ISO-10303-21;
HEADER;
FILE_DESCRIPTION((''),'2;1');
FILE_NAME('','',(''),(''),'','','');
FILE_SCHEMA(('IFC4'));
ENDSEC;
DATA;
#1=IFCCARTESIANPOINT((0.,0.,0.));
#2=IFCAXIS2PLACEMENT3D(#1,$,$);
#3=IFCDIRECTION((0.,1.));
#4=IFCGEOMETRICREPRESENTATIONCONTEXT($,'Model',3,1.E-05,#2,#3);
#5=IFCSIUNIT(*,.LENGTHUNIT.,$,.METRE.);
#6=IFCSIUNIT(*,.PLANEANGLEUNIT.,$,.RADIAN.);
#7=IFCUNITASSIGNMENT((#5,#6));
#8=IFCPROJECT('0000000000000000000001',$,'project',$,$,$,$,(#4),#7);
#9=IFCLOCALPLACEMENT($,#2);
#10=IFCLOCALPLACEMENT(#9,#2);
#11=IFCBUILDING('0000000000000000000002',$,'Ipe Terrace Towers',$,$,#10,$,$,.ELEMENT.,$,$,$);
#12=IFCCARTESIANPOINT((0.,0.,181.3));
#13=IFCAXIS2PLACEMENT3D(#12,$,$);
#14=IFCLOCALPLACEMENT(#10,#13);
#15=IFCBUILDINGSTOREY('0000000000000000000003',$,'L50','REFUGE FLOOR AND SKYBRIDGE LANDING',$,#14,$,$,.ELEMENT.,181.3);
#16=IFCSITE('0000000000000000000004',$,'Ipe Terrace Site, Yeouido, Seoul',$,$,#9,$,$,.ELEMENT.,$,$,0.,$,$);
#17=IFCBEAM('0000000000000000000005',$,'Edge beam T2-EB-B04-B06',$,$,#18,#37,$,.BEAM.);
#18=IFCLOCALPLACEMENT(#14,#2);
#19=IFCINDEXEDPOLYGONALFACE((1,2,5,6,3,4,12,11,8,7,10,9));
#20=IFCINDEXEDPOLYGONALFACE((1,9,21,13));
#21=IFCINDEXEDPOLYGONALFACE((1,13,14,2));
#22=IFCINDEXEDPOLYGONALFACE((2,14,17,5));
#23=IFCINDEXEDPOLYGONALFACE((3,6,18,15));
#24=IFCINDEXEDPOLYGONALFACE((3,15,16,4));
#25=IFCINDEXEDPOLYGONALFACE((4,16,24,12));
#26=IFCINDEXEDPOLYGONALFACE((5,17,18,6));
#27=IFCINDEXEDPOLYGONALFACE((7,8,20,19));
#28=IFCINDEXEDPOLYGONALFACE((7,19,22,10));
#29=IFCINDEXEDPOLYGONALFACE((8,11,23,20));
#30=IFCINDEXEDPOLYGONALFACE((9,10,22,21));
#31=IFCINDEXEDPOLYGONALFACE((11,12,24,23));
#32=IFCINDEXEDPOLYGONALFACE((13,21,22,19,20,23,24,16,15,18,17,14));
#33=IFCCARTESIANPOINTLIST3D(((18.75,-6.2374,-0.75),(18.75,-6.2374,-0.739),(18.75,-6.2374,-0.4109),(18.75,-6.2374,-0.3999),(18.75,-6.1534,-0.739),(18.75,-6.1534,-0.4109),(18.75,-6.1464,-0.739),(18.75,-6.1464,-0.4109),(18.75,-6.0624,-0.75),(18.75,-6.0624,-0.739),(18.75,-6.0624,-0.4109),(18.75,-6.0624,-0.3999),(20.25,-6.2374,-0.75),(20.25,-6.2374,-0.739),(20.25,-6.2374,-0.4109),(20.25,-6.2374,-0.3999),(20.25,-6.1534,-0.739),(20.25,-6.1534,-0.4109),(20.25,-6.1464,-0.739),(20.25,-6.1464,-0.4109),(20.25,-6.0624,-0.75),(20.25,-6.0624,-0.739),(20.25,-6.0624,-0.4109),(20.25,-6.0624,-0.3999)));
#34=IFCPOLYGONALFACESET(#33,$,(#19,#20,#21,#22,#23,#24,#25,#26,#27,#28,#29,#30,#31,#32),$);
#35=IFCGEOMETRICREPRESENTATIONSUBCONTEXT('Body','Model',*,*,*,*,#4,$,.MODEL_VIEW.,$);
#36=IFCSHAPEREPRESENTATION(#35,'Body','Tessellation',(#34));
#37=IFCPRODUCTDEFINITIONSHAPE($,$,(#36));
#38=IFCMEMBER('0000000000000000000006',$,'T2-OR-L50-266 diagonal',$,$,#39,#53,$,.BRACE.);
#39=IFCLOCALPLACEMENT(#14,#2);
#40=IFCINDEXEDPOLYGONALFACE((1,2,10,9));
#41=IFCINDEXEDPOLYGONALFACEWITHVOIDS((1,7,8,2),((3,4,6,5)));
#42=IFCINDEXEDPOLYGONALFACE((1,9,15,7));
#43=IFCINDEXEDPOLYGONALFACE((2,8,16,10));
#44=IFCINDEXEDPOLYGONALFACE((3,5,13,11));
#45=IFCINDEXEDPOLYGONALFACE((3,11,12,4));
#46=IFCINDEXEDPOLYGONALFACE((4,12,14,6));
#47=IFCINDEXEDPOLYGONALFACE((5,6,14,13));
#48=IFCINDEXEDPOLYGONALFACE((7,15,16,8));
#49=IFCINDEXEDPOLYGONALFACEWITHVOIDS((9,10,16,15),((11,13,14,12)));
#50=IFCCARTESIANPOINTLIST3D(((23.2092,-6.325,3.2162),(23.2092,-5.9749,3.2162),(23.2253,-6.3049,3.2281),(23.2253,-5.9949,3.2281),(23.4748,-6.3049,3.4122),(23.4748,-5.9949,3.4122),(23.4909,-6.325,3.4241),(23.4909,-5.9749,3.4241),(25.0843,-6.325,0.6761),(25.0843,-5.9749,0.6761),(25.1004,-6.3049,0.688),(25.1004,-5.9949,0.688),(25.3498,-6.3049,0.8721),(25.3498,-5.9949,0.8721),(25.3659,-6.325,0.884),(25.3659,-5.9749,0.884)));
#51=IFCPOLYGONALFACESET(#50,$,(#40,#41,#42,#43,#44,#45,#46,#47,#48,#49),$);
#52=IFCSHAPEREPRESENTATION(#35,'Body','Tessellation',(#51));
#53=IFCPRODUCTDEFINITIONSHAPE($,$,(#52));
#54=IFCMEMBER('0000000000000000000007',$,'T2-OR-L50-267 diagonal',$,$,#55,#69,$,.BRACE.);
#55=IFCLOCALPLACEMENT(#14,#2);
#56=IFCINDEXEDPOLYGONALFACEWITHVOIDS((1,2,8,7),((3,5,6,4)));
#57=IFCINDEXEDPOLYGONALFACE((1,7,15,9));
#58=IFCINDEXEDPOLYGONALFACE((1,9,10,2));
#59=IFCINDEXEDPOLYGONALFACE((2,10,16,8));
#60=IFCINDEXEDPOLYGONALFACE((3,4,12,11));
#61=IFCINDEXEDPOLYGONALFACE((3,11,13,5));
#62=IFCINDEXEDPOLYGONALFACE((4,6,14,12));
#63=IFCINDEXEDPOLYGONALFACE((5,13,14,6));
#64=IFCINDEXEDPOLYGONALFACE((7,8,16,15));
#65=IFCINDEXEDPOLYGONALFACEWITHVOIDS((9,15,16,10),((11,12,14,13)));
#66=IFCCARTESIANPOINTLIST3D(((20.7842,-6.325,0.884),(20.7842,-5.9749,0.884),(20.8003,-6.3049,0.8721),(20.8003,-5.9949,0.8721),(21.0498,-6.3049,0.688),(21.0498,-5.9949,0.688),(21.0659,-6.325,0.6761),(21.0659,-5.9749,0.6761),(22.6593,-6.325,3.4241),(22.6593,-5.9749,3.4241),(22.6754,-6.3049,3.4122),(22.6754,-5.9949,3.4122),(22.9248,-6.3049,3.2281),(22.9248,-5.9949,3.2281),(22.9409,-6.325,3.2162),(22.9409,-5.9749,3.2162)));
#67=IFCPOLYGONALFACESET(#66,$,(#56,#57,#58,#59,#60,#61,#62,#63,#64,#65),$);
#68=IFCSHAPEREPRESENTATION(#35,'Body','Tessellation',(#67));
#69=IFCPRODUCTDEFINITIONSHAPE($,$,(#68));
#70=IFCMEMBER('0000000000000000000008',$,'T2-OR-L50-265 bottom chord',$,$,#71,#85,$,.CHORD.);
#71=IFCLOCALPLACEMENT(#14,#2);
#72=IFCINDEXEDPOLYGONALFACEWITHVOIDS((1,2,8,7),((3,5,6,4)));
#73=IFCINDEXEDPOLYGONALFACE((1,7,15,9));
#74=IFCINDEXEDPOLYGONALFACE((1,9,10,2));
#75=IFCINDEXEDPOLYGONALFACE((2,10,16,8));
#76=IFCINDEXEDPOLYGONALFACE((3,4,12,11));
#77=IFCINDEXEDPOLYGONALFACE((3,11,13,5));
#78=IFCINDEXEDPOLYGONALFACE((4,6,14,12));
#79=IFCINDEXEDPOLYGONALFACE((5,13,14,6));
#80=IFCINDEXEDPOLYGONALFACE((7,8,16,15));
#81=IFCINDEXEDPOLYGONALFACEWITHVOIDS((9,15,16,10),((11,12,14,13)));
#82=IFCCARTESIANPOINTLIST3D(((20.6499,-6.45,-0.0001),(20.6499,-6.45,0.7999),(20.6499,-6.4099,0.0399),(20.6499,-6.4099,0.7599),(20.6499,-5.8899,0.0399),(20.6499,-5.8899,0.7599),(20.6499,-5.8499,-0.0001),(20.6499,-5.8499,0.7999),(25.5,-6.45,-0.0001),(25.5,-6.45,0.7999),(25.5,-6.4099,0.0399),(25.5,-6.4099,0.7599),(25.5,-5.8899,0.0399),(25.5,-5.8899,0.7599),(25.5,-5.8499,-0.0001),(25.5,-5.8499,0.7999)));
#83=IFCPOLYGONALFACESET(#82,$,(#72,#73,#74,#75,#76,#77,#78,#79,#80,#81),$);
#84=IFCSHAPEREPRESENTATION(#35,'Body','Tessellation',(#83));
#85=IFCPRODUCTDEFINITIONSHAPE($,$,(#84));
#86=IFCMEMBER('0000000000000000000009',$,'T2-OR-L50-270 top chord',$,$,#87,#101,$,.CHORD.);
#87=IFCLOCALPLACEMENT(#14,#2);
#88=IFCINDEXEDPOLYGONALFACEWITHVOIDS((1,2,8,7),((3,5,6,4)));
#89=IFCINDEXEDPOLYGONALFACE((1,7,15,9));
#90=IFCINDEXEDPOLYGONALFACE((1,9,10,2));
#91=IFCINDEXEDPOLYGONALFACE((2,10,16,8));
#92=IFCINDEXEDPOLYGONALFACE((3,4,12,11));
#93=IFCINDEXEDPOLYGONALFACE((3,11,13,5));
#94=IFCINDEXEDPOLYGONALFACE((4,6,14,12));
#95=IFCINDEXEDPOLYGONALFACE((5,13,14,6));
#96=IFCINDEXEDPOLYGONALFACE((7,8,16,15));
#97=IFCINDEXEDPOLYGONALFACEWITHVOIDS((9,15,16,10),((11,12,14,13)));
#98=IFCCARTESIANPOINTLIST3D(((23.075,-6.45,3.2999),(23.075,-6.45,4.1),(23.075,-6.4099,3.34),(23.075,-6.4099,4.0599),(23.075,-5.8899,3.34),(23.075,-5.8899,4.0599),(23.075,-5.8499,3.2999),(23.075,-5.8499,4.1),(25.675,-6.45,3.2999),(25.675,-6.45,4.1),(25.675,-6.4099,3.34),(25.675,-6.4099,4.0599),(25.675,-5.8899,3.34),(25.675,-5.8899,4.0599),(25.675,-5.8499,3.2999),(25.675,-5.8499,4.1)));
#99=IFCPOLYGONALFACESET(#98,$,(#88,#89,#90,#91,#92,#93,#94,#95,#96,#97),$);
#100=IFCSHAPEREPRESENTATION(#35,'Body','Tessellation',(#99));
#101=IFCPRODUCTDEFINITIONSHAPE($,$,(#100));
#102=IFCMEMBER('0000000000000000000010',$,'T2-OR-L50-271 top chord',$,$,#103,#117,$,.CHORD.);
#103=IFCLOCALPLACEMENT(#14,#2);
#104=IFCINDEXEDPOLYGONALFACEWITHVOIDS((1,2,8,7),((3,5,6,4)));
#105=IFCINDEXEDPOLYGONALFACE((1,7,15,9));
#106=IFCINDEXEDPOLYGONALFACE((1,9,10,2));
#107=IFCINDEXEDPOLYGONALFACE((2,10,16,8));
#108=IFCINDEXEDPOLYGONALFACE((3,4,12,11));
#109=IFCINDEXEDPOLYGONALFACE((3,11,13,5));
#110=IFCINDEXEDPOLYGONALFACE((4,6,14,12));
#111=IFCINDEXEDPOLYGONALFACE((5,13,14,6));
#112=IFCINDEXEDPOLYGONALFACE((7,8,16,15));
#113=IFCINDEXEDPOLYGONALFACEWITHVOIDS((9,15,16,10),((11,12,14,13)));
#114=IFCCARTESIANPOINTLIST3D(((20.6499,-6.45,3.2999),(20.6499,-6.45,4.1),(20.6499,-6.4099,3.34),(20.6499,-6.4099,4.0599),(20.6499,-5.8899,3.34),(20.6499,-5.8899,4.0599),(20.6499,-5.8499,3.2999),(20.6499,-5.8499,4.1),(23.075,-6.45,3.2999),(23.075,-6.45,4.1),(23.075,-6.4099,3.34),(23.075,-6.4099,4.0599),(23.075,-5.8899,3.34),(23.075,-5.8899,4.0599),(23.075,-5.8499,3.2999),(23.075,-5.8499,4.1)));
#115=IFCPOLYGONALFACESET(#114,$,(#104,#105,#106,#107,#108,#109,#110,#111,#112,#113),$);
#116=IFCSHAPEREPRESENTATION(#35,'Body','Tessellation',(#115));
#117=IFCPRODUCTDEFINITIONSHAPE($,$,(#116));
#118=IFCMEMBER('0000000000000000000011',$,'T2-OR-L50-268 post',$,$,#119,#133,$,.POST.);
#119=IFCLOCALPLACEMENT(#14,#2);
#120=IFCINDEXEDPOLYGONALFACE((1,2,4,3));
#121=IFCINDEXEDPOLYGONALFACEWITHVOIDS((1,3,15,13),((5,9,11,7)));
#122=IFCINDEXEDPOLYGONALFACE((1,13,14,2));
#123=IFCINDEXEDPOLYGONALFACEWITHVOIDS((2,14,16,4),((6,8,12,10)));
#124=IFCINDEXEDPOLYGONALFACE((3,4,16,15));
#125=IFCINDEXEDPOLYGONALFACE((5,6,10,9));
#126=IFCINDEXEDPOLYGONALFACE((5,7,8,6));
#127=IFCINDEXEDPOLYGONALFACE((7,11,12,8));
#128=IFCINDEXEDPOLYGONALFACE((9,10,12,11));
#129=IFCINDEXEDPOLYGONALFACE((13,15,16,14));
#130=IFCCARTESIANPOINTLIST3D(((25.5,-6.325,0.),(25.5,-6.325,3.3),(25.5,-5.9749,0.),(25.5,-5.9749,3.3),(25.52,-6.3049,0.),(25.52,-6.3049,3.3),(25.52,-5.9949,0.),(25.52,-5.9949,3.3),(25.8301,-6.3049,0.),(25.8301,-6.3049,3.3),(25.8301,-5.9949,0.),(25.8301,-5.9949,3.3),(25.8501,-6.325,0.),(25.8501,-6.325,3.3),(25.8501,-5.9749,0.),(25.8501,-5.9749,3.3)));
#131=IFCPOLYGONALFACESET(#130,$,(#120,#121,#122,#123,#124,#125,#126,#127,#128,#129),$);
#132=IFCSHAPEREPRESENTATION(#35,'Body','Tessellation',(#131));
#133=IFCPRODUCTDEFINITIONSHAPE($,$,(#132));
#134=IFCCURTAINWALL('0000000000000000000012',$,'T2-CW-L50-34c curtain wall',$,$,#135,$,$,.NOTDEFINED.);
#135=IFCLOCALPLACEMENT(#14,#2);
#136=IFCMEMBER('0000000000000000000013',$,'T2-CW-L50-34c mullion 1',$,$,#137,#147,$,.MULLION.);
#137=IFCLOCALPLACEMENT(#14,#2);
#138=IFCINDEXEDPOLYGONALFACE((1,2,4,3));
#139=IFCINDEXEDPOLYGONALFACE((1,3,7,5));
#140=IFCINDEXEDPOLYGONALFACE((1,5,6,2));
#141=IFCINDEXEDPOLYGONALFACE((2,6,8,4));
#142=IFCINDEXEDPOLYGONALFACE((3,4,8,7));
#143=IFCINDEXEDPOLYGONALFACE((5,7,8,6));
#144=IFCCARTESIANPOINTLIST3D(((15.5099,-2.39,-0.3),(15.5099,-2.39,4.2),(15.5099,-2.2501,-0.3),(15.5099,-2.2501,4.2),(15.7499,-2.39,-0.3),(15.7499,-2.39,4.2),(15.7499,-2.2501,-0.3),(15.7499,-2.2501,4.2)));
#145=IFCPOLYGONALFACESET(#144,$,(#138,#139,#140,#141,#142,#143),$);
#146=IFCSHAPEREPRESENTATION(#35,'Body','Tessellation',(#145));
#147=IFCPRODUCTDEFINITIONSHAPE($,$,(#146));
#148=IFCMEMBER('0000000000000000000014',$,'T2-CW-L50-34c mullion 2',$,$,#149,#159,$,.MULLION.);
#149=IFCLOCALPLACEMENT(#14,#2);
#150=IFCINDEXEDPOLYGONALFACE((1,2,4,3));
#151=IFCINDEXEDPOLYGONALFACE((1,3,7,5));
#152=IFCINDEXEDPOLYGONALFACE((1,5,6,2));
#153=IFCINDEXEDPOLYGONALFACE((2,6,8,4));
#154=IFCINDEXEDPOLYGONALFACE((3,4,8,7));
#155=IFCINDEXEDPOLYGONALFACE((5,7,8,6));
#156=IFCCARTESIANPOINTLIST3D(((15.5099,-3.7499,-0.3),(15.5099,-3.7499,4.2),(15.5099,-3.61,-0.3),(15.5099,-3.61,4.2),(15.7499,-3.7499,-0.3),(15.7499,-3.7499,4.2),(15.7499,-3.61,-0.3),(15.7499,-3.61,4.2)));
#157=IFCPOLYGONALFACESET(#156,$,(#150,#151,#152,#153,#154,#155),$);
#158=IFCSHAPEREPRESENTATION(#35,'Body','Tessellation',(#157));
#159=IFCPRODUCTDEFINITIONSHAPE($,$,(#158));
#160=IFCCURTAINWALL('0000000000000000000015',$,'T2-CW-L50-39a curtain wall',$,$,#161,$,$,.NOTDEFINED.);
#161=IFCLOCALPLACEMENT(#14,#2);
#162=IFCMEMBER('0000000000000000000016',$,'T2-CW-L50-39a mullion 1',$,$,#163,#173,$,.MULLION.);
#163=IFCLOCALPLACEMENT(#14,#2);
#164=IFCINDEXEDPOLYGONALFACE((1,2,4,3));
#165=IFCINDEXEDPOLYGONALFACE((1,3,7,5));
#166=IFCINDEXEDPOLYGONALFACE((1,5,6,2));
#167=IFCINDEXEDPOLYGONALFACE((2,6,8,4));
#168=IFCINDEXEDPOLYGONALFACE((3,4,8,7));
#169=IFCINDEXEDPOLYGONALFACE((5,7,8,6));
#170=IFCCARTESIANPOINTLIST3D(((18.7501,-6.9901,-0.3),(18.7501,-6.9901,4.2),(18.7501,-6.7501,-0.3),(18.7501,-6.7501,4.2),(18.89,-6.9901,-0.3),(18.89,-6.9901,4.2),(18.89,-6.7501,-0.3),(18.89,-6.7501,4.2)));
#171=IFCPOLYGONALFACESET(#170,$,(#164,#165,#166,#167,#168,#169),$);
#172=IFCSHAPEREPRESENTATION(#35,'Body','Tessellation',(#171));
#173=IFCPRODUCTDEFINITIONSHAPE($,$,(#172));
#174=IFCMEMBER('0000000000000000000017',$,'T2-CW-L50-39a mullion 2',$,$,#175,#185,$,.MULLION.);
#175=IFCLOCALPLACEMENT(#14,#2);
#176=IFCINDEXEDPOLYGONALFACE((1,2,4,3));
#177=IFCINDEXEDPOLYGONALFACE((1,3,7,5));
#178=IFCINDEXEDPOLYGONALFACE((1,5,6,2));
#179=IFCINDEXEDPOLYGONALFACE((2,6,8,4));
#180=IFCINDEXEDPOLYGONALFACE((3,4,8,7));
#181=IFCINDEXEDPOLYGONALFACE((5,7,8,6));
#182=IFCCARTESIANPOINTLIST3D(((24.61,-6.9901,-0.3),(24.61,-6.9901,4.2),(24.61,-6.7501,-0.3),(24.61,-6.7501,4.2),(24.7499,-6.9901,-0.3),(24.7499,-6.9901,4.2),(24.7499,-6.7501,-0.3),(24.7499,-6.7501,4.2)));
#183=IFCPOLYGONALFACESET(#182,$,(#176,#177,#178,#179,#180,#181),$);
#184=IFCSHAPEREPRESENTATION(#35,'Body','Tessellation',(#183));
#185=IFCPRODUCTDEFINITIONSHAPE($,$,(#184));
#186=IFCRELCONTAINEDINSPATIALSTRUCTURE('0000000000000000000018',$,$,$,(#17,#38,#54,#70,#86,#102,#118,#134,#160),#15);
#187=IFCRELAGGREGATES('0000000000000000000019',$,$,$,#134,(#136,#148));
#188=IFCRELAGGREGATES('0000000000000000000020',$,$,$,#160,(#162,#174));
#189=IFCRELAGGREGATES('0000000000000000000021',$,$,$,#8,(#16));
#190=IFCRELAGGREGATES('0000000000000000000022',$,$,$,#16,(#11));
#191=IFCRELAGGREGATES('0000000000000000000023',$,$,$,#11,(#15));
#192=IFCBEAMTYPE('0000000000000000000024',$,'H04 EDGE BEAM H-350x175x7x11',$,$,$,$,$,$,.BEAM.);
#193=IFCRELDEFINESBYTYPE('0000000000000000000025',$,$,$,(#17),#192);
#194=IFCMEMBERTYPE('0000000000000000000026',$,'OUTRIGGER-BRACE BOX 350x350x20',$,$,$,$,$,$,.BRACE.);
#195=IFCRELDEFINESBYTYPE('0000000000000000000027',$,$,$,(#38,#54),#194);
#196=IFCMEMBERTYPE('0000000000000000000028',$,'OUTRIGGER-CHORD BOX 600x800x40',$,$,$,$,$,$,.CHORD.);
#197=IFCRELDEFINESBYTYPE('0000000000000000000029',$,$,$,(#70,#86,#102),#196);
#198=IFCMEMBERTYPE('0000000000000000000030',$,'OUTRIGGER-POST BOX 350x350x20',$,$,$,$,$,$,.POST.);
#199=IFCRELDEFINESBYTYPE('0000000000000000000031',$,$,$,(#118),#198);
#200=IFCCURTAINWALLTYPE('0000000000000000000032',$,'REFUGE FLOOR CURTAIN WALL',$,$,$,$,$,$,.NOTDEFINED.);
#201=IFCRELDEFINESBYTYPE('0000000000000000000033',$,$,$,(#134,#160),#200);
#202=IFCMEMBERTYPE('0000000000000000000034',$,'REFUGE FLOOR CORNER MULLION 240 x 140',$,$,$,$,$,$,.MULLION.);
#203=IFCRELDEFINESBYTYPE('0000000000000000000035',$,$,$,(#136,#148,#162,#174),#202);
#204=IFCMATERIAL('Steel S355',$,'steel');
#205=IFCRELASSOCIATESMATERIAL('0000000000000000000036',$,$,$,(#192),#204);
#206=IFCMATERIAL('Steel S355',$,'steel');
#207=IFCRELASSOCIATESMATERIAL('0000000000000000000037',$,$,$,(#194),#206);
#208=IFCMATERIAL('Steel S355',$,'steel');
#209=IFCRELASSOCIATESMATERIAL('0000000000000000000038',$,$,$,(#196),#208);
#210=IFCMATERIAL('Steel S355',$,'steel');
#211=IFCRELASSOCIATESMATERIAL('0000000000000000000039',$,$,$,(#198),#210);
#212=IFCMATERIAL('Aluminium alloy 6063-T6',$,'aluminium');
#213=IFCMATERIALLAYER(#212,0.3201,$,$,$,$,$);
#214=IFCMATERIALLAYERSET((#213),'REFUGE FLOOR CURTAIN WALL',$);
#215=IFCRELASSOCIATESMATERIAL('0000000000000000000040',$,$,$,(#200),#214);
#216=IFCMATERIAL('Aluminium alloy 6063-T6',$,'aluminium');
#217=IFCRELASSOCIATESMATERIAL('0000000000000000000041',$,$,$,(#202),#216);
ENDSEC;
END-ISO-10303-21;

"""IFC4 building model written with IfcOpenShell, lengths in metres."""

from ifc_helpers import new_model, si_unit, direction, frame, origin, origin_2d, place, context, subcontext, project, spatial, rectangle, hollow_rectangle, i_section, extrude, material, layer, layer_set, material_profile, profile_set, type_object, element, aggregate, save


model = new_model("IFC4")

# Units and contexts
model_context = context("Model", 3, precision=1e-05, world=origin(), true_north=direction((0.0, 1.0)))
body_context = subcontext(model_context, "Body", "Model", "MODEL_VIEW")
ifc_project = project(units=[si_unit("LENGTHUNIT", "METRE"), si_unit("PLANEANGLEUNIT", "RADIAN")], contexts=[model_context])

# Site, building, storey
site_placement = place(None, origin())
site = spatial("IfcSite", under=ifc_project, at=site_placement, Name="Ipe Terrace Site, Yeouido, Seoul", CompositionType="ELEMENT", RefElevation=0.0)
building_placement = place(site_placement, origin())
building = spatial("IfcBuilding", under=site, at=building_placement, Name="Ipe Terrace Towers", CompositionType="ELEMENT")
storey_placement = place(building_placement, frame((0.0, 0.0, 181.3)))
storey = spatial("IfcBuildingStorey", under=building, at=storey_placement, Name="L50", Description="REFUGE FLOOR AND SKYBRIDGE LANDING", CompositionType="ELEMENT", Elevation=181.3)

# Beam
ifc_material_1 = material(Name="Steel S355", Category="steel")
ifc_material_profile_1 = material_profile(ifc_material_1, i_section(OverallWidth=0.175, OverallDepth=0.3501, WebThickness=0.0071, FlangeThickness=0.011, at=origin_2d()), Name="H-350x175x7x11")
ifc_profile_set_1 = profile_set([ifc_material_profile_1], Name="Steel S355")
beam_type_1 = type_object("IfcBeamType", Name="H04 EDGE BEAM H-350x175x7x11", PredefinedType="BEAM", material=ifc_profile_set_1)
beam_1_placement = place(storey_placement, frame((20.25, -6.1499, -0.575), z_axis=(-1.0, 0.0, 0.0), x_axis=(0.0, -1.0, 0.0)))
element("IfcBeam", 1, at=beam_1_placement, inside=storey, type_object=beam_type_1, Name="Edge beam T2-EB-B04-B06", PredefinedType="BEAM", context=body_context, shape_type="SweptSolid", body=[
    extrude(i_section(OverallWidth=0.175, OverallDepth=0.3501, WebThickness=0.0071, FlangeThickness=0.011, at=origin_2d()), origin(), (0.0, 0.0, 1.0), 1.5),
])

# Members
ifc_material_2 = material(Name="Steel S355", Category="steel")
ifc_material_profile_2 = material_profile(ifc_material_2, hollow_rectangle(XDim=0.3501, YDim=0.3501, WallThickness=0.02, at=origin_2d()), Name="OUTRIGGER-BRACE BOX 350x350x20")
ifc_profile_set_2 = profile_set([ifc_material_profile_2], Name="Steel S355")
member_type_1 = type_object("IfcMemberType", Name="OUTRIGGER-BRACE BOX 350x350x20", PredefinedType="BRACE", material=ifc_profile_set_2)
for number, where, z_axis, x_axis, name in (
    (2, (25.2251, -6.1499, 0.78), (-0.593895, 0.0, 0.804542), (0.0, -1.0, 0.0), "T2-OR-L50-266 diagonal"),
    (3, (20.925, -6.1499, 0.78), (0.593895, 0.0, 0.804542), (0.0, 1.0, 0.0), "T2-OR-L50-267 diagonal"),
):
    element("IfcMember", number, at=place(storey_placement, frame(where, z_axis=z_axis, x_axis=x_axis)), inside=storey, type_object=member_type_1, Name=name, PredefinedType="BRACE", context=body_context, shape_type="SweptSolid", body=[
        extrude(hollow_rectangle(XDim=0.3501, YDim=0.3501, WallThickness=0.02, at=origin_2d()), origin(), (0.0, 0.0, 1.0), 3.1572),
    ])
ifc_material_3 = material(Name="Steel S355", Category="steel")
ifc_material_profile_3 = material_profile(ifc_material_3, hollow_rectangle(XDim=0.6001, YDim=0.8, WallThickness=0.04, at=origin_2d()), Name="OUTRIGGER-CHORD BOX 600x800x40")
ifc_profile_set_3 = profile_set([ifc_material_profile_3], Name="Steel S355")
member_type_2 = type_object("IfcMemberType", Name="OUTRIGGER-CHORD BOX 600x800x40", PredefinedType="CHORD", material=ifc_profile_set_3)
member_1_placement = place(storey_placement, frame((25.5, -6.1499, 0.3999), z_axis=(-1.0, 0.0, 0.0), x_axis=(0.0, -1.0, 0.0)))
element("IfcMember", 4, at=member_1_placement, inside=storey, type_object=member_type_2, Name="T2-OR-L50-265 bottom chord", PredefinedType="CHORD", context=body_context, shape_type="SweptSolid", body=[
    extrude(hollow_rectangle(XDim=0.6001, YDim=0.8, WallThickness=0.04, at=origin_2d()), origin(), (0.0, 0.0, 1.0), 4.8501),
])
member_2_placement = place(storey_placement, frame((25.675, -6.1499, 3.7), z_axis=(-1.0, 0.0, 0.0), x_axis=(0.0, -1.0, 0.0)))
element("IfcMember", 5, at=member_2_placement, inside=storey, type_object=member_type_2, Name="T2-OR-L50-270 top chord", PredefinedType="CHORD", context=body_context, shape_type="SweptSolid", body=[
    extrude(hollow_rectangle(XDim=0.6001, YDim=0.8, WallThickness=0.04, at=origin_2d()), origin(), (0.0, 0.0, 1.0), 2.6001),
])
member_3_placement = place(storey_placement, frame((23.075, -6.1499, 3.7), z_axis=(-1.0, 0.0, 0.0), x_axis=(0.0, -1.0, 0.0)))
element("IfcMember", 6, at=member_3_placement, inside=storey, type_object=member_type_2, Name="T2-OR-L50-271 top chord", PredefinedType="CHORD", context=body_context, shape_type="SweptSolid", body=[
    extrude(hollow_rectangle(XDim=0.6001, YDim=0.8, WallThickness=0.04, at=origin_2d()), origin(), (0.0, 0.0, 1.0), 2.425),
])
ifc_material_4 = material(Name="Steel S355", Category="steel")
ifc_material_profile_4 = material_profile(ifc_material_4, hollow_rectangle(XDim=0.3501, YDim=0.3501, WallThickness=0.02, at=origin_2d()), Name="OUTRIGGER-POST BOX 350x350x20")
ifc_profile_set_4 = profile_set([ifc_material_profile_4], Name="Steel S355")
member_type_3 = type_object("IfcMemberType", Name="OUTRIGGER-POST BOX 350x350x20", PredefinedType="POST", material=ifc_profile_set_4)
member_4_placement = place(storey_placement, frame((25.675, -6.1499, 0.0), z_axis=(0.0, 0.0, 1.0), x_axis=(1.0, 0.0, 0.0)))
element("IfcMember", 7, at=member_4_placement, inside=storey, type_object=member_type_3, Name="T2-OR-L50-268 post", PredefinedType="POST", context=body_context, shape_type="SweptSolid", body=[
    extrude(hollow_rectangle(XDim=0.3501, YDim=0.3501, WallThickness=0.02, at=origin_2d()), origin(), (0.0, 0.0, 1.0), 3.3),
])

# Curtain walls, members
ifc_material_5 = material(Name="Aluminium alloy 6063-T6", Category="aluminium")
ifc_layer_1 = layer(ifc_material_5, 0.3201)
ifc_layer_set_1 = layer_set([ifc_layer_1], Name="REFUGE FLOOR CURTAIN WALL")
curtain_wall_type_1 = type_object("IfcCurtainWallType", Name="REFUGE FLOOR CURTAIN WALL", PredefinedType="NOTDEFINED", material=ifc_layer_set_1)
curtain_wall_1_placement = place(storey_placement, origin())
curtain_wall_1 = element("IfcCurtainWall", 8, at=curtain_wall_1_placement, inside=storey, type_object=curtain_wall_type_1, Name="T2-CW-L50-34c curtain wall", PredefinedType="NOTDEFINED")
ifc_material_6 = material(Name="Aluminium alloy 6063-T6", Category="aluminium")
ifc_material_profile_5 = material_profile(ifc_material_6, rectangle(XDim=0.24, YDim=0.1399, at=origin_2d()), Name="REFUGE FLOOR CORNER MULLION 240 x 140")
ifc_profile_set_5 = profile_set([ifc_material_profile_5], Name="Aluminium alloy 6063-T6")
member_type_4 = type_object("IfcMemberType", Name="REFUGE FLOOR CORNER MULLION 240 x 140", PredefinedType="MULLION", material=ifc_profile_set_5)
member_5_placement = place(storey_placement, frame((15.6299, -2.3201, -0.3), z_axis=(0.0, 0.0, 1.0), x_axis=(-1.0, 0.0, 0.0)))
member_5 = element("IfcMember", 9, at=member_5_placement, type_object=member_type_4, Name="T2-CW-L50-34c mullion 1", PredefinedType="MULLION", context=body_context, shape_type="SweptSolid", body=[
    extrude(rectangle(XDim=0.24, YDim=0.1399, at=origin_2d()), origin(), (0.0, 0.0, 1.0), 4.5),
])
member_6_placement = place(storey_placement, frame((15.6299, -3.6799, -0.3), z_axis=(0.0, 0.0, 1.0), x_axis=(-1.0, 0.0, 0.0)))
member_6 = element("IfcMember", 10, at=member_6_placement, type_object=member_type_4, Name="T2-CW-L50-34c mullion 2", PredefinedType="MULLION", context=body_context, shape_type="SweptSolid", body=[
    extrude(rectangle(XDim=0.24, YDim=0.1399, at=origin_2d()), origin(), (0.0, 0.0, 1.0), 4.5),
])
curtain_wall_2_placement = place(storey_placement, origin())
curtain_wall_2 = element("IfcCurtainWall", 11, at=curtain_wall_2_placement, inside=storey, type_object=curtain_wall_type_1, Name="T2-CW-L50-39a curtain wall", PredefinedType="NOTDEFINED")
member_7_placement = place(storey_placement, frame((18.8201, -6.8701, -0.3), z_axis=(0.0, 0.0, 1.0), x_axis=(0.0, -1.0, 0.0)))
member_7 = element("IfcMember", 12, at=member_7_placement, type_object=member_type_4, Name="T2-CW-L50-39a mullion 1", PredefinedType="MULLION", context=body_context, shape_type="SweptSolid", body=[
    extrude(rectangle(XDim=0.24, YDim=0.1399, at=origin_2d()), origin(), (0.0, 0.0, 1.0), 4.5),
])
member_8_placement = place(storey_placement, frame((24.6799, -6.8701, -0.3), z_axis=(0.0, 0.0, 1.0), x_axis=(0.0, -1.0, 0.0)))
member_8 = element("IfcMember", 13, at=member_8_placement, type_object=member_type_4, Name="T2-CW-L50-39a mullion 2", PredefinedType="MULLION", context=body_context, shape_type="SweptSolid", body=[
    extrude(rectangle(XDim=0.24, YDim=0.1399, at=origin_2d()), origin(), (0.0, 0.0, 1.0), 4.5),
])

aggregate(curtain_wall_1, [member_5, member_6])
aggregate(curtain_wall_2, [member_7, member_8])

save(model, "model.ifc")
